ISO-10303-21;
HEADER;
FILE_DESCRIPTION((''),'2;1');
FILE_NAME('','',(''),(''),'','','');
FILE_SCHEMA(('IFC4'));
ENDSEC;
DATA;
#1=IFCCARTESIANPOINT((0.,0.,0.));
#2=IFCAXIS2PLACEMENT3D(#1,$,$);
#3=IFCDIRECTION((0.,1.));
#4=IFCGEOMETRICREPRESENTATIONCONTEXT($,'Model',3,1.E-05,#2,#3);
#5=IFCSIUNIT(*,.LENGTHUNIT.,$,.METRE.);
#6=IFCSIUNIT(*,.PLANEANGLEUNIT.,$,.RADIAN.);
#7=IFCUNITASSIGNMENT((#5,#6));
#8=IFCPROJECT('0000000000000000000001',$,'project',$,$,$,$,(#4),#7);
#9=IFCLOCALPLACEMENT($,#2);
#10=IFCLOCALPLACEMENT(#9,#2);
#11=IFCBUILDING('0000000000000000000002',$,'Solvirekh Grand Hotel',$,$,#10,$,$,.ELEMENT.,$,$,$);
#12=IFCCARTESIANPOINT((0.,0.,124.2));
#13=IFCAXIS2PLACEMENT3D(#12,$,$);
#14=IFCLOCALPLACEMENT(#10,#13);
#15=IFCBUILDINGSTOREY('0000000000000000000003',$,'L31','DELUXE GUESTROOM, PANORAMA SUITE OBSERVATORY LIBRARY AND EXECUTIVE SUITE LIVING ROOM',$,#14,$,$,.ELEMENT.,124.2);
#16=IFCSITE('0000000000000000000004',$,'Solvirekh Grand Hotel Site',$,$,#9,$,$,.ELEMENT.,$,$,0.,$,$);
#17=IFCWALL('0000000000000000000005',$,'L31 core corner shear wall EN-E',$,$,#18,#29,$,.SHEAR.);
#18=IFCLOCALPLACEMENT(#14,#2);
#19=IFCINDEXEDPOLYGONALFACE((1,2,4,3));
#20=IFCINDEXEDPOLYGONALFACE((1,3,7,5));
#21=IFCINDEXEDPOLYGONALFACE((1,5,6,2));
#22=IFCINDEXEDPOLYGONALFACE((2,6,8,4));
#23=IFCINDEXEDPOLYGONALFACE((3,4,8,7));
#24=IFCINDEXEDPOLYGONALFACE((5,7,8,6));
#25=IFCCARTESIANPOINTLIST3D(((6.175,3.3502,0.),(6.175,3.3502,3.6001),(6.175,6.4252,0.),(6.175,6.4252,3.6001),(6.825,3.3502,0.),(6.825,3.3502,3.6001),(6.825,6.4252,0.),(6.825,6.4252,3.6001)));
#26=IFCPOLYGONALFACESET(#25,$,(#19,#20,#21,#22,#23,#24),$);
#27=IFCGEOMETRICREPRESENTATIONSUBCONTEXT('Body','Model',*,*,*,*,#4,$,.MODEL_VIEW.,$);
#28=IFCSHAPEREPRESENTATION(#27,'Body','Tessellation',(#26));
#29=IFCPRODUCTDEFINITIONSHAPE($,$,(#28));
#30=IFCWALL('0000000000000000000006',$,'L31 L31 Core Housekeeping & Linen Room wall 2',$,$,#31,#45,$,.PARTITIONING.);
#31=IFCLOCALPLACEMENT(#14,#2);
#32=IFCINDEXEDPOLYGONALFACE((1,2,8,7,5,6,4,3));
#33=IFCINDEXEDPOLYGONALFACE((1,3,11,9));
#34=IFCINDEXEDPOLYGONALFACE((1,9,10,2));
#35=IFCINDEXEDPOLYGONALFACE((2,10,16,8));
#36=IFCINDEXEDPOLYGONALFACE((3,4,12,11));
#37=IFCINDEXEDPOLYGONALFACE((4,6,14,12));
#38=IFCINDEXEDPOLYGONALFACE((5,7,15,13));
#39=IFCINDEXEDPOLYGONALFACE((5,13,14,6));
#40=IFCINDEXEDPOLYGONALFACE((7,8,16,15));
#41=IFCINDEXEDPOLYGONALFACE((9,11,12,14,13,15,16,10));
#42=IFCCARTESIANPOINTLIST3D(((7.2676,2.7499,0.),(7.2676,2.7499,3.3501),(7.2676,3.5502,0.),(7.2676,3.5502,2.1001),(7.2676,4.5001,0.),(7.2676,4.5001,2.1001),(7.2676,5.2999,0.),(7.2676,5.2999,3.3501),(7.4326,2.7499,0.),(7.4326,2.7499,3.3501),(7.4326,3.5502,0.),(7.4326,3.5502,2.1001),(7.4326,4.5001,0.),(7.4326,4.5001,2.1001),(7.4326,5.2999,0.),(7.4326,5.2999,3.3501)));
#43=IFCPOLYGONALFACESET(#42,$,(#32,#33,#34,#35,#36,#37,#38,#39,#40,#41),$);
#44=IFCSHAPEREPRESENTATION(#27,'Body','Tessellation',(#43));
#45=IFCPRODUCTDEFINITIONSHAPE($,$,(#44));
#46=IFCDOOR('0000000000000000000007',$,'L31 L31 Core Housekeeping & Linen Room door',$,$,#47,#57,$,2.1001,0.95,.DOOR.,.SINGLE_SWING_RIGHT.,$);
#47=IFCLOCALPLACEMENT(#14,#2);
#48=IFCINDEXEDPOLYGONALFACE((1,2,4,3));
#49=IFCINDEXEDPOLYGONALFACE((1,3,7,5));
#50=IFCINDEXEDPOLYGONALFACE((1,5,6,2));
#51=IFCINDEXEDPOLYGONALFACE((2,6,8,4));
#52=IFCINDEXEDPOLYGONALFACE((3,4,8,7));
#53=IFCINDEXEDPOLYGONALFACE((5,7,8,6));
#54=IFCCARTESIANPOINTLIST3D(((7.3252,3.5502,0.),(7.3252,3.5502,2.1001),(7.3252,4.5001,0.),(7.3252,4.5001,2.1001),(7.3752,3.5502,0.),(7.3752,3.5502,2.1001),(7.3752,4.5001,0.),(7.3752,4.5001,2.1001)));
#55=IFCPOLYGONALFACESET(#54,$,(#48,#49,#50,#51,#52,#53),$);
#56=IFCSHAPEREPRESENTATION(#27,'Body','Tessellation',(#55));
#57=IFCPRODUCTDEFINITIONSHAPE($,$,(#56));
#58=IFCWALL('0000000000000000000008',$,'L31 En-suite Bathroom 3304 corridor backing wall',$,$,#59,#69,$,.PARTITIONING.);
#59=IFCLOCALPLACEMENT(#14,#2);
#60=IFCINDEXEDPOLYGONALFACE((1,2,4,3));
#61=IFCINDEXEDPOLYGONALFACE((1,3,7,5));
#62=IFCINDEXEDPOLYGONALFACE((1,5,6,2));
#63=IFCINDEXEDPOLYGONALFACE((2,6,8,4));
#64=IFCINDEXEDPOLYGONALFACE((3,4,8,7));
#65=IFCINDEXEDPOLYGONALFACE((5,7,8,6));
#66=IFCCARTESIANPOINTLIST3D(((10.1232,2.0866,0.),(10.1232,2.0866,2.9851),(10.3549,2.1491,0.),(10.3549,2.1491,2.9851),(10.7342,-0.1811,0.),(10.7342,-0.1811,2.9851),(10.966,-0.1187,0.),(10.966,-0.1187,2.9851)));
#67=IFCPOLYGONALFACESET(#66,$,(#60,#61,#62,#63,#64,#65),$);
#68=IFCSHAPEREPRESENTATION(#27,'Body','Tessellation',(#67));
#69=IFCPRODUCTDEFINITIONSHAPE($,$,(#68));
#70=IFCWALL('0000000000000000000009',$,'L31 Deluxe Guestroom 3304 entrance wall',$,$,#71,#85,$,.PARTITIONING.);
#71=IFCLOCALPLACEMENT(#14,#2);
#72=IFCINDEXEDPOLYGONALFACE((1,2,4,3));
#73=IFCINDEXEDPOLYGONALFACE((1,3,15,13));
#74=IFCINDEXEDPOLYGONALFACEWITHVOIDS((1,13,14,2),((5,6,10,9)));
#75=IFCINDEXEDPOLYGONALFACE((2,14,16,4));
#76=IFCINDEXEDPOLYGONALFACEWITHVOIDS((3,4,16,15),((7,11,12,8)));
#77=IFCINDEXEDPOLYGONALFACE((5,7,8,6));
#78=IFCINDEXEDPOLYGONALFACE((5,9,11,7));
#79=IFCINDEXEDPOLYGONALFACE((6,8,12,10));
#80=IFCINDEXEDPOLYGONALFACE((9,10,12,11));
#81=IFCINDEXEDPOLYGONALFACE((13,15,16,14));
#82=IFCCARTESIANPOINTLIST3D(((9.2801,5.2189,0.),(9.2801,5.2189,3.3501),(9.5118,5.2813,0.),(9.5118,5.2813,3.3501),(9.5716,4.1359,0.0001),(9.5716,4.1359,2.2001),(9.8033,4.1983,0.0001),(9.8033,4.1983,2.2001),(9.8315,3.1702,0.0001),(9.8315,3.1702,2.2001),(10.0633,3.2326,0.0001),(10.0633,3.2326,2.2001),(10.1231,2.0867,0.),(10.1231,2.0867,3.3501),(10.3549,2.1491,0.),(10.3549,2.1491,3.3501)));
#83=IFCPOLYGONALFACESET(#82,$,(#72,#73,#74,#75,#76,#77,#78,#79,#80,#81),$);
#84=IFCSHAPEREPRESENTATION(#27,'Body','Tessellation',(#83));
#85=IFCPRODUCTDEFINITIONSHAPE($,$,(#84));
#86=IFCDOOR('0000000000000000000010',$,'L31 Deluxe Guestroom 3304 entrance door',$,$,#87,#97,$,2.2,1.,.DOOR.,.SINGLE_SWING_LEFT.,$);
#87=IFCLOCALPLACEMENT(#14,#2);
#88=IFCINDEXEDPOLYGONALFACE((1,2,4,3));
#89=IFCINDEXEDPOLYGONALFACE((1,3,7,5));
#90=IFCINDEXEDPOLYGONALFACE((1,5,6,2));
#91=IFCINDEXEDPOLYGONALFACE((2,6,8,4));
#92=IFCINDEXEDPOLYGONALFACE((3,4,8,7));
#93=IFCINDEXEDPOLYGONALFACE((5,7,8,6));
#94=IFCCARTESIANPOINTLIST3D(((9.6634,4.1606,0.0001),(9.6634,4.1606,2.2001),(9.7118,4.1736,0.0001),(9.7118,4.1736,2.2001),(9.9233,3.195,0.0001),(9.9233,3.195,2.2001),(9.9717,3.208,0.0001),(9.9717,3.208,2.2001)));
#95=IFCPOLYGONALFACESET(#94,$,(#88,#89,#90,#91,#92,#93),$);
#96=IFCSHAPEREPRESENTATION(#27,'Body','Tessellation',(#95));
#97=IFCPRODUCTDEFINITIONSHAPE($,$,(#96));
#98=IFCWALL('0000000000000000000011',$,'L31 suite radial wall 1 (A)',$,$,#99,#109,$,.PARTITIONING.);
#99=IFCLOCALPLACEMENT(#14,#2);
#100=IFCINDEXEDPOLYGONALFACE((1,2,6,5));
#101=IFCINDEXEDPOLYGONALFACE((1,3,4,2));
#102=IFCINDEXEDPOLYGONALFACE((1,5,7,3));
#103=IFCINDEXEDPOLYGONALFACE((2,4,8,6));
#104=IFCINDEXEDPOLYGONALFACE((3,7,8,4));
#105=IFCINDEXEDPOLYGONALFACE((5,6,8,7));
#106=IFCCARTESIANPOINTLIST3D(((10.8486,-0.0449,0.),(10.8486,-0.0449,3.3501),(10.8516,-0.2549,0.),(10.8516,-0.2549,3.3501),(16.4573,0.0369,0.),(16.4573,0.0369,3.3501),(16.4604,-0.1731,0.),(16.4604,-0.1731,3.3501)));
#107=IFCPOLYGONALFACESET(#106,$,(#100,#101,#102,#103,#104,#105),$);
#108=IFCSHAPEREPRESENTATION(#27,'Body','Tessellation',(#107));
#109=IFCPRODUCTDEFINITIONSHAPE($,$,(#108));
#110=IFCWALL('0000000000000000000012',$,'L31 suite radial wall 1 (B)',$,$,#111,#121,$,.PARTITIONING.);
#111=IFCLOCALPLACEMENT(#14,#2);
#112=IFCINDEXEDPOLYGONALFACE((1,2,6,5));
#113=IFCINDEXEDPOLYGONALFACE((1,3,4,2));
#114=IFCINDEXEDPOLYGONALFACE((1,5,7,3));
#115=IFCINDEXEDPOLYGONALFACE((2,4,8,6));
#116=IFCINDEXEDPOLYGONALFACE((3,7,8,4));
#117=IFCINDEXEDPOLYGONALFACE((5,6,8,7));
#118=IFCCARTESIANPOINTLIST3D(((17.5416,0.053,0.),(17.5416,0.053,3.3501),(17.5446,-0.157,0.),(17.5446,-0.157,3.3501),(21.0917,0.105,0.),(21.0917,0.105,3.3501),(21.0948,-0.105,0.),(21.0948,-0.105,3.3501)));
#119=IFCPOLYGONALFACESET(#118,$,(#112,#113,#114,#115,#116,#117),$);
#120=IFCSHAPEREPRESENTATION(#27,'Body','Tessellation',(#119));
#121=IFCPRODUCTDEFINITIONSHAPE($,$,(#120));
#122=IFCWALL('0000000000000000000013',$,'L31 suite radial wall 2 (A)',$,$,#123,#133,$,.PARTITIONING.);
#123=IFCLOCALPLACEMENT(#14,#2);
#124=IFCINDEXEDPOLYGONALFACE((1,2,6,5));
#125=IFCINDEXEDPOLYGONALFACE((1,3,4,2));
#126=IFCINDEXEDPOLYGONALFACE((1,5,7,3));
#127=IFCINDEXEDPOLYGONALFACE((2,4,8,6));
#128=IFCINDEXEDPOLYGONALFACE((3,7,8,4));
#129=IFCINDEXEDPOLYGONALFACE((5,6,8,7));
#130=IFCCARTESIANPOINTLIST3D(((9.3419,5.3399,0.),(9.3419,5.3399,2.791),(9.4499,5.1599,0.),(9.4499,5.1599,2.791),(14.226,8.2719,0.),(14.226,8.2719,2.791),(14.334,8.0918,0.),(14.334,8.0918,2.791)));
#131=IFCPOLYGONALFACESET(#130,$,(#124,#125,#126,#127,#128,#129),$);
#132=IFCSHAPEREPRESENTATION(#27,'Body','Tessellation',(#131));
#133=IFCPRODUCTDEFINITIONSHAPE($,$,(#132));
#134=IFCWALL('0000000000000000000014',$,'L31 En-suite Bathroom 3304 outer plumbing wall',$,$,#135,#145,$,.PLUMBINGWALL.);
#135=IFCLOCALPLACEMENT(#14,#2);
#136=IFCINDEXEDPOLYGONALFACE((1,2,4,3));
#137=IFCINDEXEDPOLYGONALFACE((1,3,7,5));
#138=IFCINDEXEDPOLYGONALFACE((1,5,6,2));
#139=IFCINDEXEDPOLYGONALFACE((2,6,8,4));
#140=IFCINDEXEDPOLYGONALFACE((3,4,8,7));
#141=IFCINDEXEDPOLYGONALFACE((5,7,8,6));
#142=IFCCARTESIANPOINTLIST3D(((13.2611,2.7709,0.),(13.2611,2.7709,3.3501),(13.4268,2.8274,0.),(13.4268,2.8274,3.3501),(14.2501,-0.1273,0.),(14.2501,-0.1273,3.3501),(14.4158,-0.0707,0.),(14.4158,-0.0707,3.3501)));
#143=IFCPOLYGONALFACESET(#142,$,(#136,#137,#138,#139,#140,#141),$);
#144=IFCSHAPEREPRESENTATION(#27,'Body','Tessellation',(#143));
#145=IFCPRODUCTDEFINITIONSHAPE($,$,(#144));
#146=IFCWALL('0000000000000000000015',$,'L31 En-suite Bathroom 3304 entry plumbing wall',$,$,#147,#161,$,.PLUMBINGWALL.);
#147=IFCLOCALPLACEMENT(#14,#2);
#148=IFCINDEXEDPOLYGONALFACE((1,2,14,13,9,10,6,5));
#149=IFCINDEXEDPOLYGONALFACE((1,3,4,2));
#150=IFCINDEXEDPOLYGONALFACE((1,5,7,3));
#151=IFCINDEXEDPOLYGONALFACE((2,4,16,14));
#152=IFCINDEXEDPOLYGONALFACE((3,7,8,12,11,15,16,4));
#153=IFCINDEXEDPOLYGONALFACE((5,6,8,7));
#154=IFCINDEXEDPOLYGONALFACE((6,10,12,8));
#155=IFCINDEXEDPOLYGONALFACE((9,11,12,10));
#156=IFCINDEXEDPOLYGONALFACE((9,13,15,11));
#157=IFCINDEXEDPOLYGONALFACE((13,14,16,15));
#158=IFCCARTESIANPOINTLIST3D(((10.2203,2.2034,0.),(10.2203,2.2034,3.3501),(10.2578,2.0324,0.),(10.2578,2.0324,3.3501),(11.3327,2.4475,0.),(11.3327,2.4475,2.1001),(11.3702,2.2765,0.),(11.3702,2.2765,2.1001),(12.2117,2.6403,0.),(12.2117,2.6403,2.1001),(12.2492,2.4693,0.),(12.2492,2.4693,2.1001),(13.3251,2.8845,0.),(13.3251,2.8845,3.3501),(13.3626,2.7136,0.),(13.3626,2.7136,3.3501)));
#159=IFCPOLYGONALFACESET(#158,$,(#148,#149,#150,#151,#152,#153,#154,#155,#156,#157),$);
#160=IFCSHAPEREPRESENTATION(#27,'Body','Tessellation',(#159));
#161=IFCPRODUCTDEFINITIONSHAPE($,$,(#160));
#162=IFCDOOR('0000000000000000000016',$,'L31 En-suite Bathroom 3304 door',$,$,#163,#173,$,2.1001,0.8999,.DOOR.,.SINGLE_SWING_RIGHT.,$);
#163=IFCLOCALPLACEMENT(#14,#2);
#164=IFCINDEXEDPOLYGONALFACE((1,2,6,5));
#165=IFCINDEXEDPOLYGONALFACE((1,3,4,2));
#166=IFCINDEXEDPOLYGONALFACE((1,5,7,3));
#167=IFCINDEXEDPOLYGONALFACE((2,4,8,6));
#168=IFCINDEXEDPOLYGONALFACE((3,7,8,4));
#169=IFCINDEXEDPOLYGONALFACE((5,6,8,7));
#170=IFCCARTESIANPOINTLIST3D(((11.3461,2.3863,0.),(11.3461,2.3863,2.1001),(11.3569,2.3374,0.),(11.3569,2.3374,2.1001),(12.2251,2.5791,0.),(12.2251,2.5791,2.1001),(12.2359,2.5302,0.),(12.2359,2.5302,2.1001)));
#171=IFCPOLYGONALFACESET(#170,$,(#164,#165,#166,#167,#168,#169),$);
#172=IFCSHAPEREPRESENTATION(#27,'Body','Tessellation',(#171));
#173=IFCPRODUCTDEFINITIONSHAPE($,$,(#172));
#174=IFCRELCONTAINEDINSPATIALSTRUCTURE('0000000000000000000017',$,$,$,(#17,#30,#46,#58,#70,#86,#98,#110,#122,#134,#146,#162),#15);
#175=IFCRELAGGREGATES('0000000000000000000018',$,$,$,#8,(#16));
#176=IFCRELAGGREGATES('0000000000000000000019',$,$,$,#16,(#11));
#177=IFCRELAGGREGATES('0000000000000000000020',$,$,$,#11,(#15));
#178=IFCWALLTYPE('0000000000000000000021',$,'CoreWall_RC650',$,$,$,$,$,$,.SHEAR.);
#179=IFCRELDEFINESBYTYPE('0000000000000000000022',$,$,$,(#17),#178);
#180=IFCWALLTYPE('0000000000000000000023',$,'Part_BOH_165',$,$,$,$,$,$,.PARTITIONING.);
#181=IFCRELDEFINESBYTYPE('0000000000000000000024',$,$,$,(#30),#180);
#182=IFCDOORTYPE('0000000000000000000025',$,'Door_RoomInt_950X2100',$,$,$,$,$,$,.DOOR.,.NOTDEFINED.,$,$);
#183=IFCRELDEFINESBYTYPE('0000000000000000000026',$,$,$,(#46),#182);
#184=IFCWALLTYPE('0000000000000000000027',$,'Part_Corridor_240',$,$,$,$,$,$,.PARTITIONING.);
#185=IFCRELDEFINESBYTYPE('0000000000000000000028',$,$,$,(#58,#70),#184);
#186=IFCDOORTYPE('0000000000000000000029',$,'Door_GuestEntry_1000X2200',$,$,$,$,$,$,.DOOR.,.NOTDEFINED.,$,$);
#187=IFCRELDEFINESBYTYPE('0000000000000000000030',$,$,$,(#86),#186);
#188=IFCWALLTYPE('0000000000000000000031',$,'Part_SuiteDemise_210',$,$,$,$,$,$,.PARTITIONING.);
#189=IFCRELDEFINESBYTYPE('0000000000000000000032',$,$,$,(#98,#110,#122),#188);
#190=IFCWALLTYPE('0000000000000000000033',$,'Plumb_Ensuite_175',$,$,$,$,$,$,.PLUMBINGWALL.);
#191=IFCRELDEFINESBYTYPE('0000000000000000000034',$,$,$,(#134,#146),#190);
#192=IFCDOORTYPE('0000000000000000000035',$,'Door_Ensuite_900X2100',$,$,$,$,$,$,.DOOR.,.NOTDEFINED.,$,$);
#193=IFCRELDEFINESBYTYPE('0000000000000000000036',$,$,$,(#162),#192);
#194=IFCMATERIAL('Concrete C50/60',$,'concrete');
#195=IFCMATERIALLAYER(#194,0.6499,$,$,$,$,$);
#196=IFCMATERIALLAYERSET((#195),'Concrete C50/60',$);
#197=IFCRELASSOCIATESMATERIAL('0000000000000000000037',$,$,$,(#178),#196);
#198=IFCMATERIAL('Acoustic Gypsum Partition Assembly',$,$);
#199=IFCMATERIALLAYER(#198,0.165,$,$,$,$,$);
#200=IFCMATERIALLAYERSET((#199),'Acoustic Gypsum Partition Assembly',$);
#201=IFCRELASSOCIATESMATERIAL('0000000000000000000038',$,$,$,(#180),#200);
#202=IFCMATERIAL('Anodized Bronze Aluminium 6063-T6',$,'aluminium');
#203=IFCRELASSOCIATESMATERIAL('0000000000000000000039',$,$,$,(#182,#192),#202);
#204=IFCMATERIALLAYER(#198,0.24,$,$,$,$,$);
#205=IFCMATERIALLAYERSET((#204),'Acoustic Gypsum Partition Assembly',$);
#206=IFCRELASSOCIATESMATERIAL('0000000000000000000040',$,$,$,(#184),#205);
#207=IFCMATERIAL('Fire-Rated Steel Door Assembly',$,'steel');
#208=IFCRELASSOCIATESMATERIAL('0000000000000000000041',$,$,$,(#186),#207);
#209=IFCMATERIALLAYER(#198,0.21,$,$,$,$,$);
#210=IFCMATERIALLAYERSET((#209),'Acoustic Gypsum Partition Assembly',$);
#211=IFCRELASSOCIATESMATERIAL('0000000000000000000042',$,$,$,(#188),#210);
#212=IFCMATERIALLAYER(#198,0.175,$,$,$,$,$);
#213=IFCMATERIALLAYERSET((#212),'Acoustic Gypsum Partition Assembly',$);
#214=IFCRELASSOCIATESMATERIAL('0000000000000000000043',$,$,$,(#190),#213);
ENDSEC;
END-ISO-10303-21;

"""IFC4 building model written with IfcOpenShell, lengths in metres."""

from ifc_helpers import new_model, si_unit, direction, frame, frame_2d, origin, place, context, subcontext, project, spatial, rectangle, extrude, material, layer, layer_set, type_object, element, fill, save


model = new_model("IFC4")

# Units and contexts
model_context = context("Model", 3, precision=1e-05, world=origin(), true_north=direction((0.0, 1.0)))
body_context = subcontext(model_context, "Body", "Model", "MODEL_VIEW")
ifc_project = project(units=[si_unit("LENGTHUNIT", "METRE"), si_unit("PLANEANGLEUNIT", "RADIAN")], contexts=[model_context])

# Site, building, storey
site_placement = place(None, origin())
site = spatial("IfcSite", under=ifc_project, at=site_placement, Name="Solvirekh Grand Hotel Site", CompositionType="ELEMENT", RefElevation=0.0)
building_placement = place(site_placement, origin())
building = spatial("IfcBuilding", under=site, at=building_placement, Name="Solvirekh Grand Hotel", CompositionType="ELEMENT")
storey_placement = place(building_placement, frame((0.0, 0.0, 124.2)))
storey = spatial("IfcBuildingStorey", under=building, at=storey_placement, Name="L31", Description="DELUXE GUESTROOM, PANORAMA SUITE OBSERVATORY LIBRARY AND EXECUTIVE SUITE LIVING ROOM", CompositionType="ELEMENT", Elevation=124.2)

# Shared definitions
ifc_material_1 = material(Name="Concrete C50/60", Category="concrete")

# Shared definitions
ifc_material_2 = material(Name="Anodized Bronze Aluminium 6063-T6", Category="aluminium")

# Wall
ifc_layer_1 = layer(ifc_material_1, 0.6499)
ifc_layer_set_1 = layer_set([ifc_layer_1], Name="Concrete C50/60")
wall_type_1 = type_object("IfcWallType", Name="CoreWall_RC650", PredefinedType="SHEAR", material=ifc_layer_set_1)
wall_1_placement = place(storey_placement, frame((6.5, 3.3501, 0.0), z_axis=(0.0, 0.0, 1.0), x_axis=(0.0, 1.0, 0.0)))
element("IfcWall", 1, at=wall_1_placement, inside=storey, type_object=wall_type_1, Name="L31 core corner shear wall EN-E", PredefinedType="SHEAR", context=body_context, shape_type="SweptSolid", body=[
    extrude(rectangle(XDim=3.075, YDim=0.6499, at=frame_2d((1.5376, 0.0))), origin(), (0.0, 0.0, 1.0), 3.6001),
])

# Wall, opening, door
ifc_material_3 = material(Name="Acoustic Gypsum Partition Assembly")
ifc_layer_2 = layer(ifc_material_3, 0.165)
ifc_layer_set_2 = layer_set([ifc_layer_2], Name="Acoustic Gypsum Partition Assembly")
wall_type_2 = type_object("IfcWallType", Name="Part_BOH_165", PredefinedType="PARTITIONING", material=ifc_layer_set_2)
wall_2_placement = place(storey_placement, frame((7.3501, 2.75, 0.0), z_axis=(0.0, 0.0, 1.0), x_axis=(0.0, 1.0, 0.0)))
wall_2 = element("IfcWall", 2, at=wall_2_placement, inside=storey, type_object=wall_type_2, Name="L31 L31 Core Housekeeping & Linen Room wall 2", PredefinedType="PARTITIONING", context=body_context, shape_type="SweptSolid", body=[
    extrude(rectangle(XDim=2.55, YDim=0.165, at=frame_2d((1.2749, 0.0))), origin(), (0.0, 0.0, 1.0), 3.3501),
])
opening_1_placement = place(wall_2_placement, frame((0.8, 0.0, 0.0)))
opening_1 = element("IfcOpeningElement", 3, at=opening_1_placement, cuts=wall_2, PredefinedType="OPENING", context=body_context, shape_type="SweptSolid", body=[
    extrude(rectangle(XDim=0.95, YDim=2.1001, at=frame_2d((0.4751, 1.05))), frame((0.0, 0.0925, 0.0), z_axis=(0.0, -1.0, 0.0), x_axis=(1.0, 0.0, 0.0)), (0.0, 0.0, 1.0), 0.1851),
])
door_type_1 = type_object("IfcDoorType", Name="Door_RoomInt_950X2100", OperationType="NOTDEFINED", PredefinedType="DOOR", material=ifc_material_2)
door_1_placement = place(opening_1_placement, origin())
door_1 = element("IfcDoor", 4, at=door_1_placement, inside=storey, type_object=door_type_1, Name="L31 L31 Core Housekeeping & Linen Room door", OperationType="SINGLE_SWING_RIGHT", OverallHeight=2.1001, OverallWidth=0.95, PredefinedType="DOOR", context=body_context, shape_type="SweptSolid", body=[
    extrude(rectangle(XDim=0.95, YDim=2.1001, at=frame_2d((0.4751, 1.05))), frame((0.0, 0.0249, 0.0), z_axis=(0.0, -1.0, 0.0), x_axis=(1.0, 0.0, 0.0)), (0.0, 0.0, 1.0), 0.05),
])
fill(opening_1, door_1)

# Wall
ifc_layer_3 = layer(ifc_material_3, 0.24)
ifc_layer_set_3 = layer_set([ifc_layer_3], Name="Acoustic Gypsum Partition Assembly")
wall_type_3 = type_object("IfcWallType", Name="Part_Corridor_240", PredefinedType="PARTITIONING", material=ifc_layer_set_3)
wall_3_placement = place(storey_placement, frame((10.8501, -0.1499, 0.0), z_axis=(0.0, 0.0, 1.0), x_axis=(-0.260178, 0.965561, 0.0)))
element("IfcWall", 5, at=wall_3_placement, inside=storey, type_object=wall_type_3, Name="L31 En-suite Bathroom 3304 corridor backing wall", PredefinedType="PARTITIONING", context=body_context, shape_type="SweptSolid", body=[
    extrude(rectangle(XDim=2.3486, YDim=0.24, at=frame_2d((1.1743, 0.0))), origin(), (0.0, 0.0, 1.0), 2.9851),
])

# Wall, opening, door
wall_4_placement = place(storey_placement, frame((10.239, 2.1179, 0.0), z_axis=(0.0, 0.0, 1.0), x_axis=(-0.259906, 0.965634, 0.0)))
wall_4 = element("IfcWall", 6, at=wall_4_placement, inside=storey, type_object=wall_type_3, Name="L31 Deluxe Guestroom 3304 entrance wall", PredefinedType="PARTITIONING", context=body_context, shape_type="SweptSolid", body=[
    extrude(rectangle(XDim=3.2437, YDim=0.24, at=frame_2d((1.6218, 0.0))), origin(), (0.0, 0.0, 1.0), 3.3501),
])
opening_2_placement = place(wall_4_placement, frame((1.1221, 0.0, 0.0)))
opening_2 = element("IfcOpeningElement", 7, at=opening_2_placement, cuts=wall_4, PredefinedType="OPENING", context=body_context, shape_type="SweptSolid", body=[
    extrude(rectangle(XDim=1.0, YDim=2.2, at=frame_2d((0.5, 1.1001))), frame((0.0, 0.1299, 0.0), z_axis=(0.0, -1.0, 0.0), x_axis=(1.0, 0.0, 0.0)), (0.0, 0.0, 1.0), 0.26),
])
ifc_material_4 = material(Name="Fire-Rated Steel Door Assembly", Category="steel")
door_type_2 = type_object("IfcDoorType", Name="Door_GuestEntry_1000X2200", OperationType="NOTDEFINED", PredefinedType="DOOR", material=ifc_material_4)
door_2_placement = place(opening_2_placement, origin())
door_2 = element("IfcDoor", 8, at=door_2_placement, inside=storey, type_object=door_type_2, Name="L31 Deluxe Guestroom 3304 entrance door", OperationType="SINGLE_SWING_LEFT", OverallHeight=2.2, OverallWidth=1.0, PredefinedType="DOOR", context=body_context, shape_type="SweptSolid", body=[
    extrude(rectangle(XDim=1.0, YDim=2.2, at=frame_2d((0.5, 1.1001))), frame((0.0, 0.0249, 0.0), z_axis=(0.0, -1.0, 0.0), x_axis=(1.0, 0.0, 0.0)), (0.0, 0.0, 1.0), 0.05),
])
fill(opening_2, door_2)

# Walls
ifc_layer_4 = layer(ifc_material_3, 0.21)
ifc_layer_set_4 = layer_set([ifc_layer_4], Name="Acoustic Gypsum Partition Assembly")
wall_type_4 = type_object("IfcWallType", Name="Part_SuiteDemise_210", PredefinedType="PARTITIONING", material=ifc_layer_set_4)
wall_5_placement = place(storey_placement, frame((10.8501, -0.1499, 0.0), z_axis=(0.0, 0.0, 1.0), x_axis=(0.999894, 0.01458, 0.0)))
element("IfcWall", 9, at=wall_5_placement, inside=storey, type_object=wall_type_4, Name="L31 suite radial wall 1 (A)", PredefinedType="PARTITIONING", context=body_context, shape_type="SweptSolid", body=[
    extrude(rectangle(XDim=5.6094, YDim=0.21, at=frame_2d((2.8047, 0.0))), origin(), (0.0, 0.0, 1.0), 3.3501),
])
wall_6_placement = place(storey_placement, frame((17.543, -0.052, 0.0), z_axis=(0.0, 0.0, 1.0), x_axis=(0.999893, 0.014647, 0.0)))
element("IfcWall", 10, at=wall_6_placement, inside=storey, type_object=wall_type_4, Name="L31 suite radial wall 1 (B)", PredefinedType="PARTITIONING", context=body_context, shape_type="SweptSolid", body=[
    extrude(rectangle(XDim=3.5505, YDim=0.21, at=frame_2d((1.7754, 0.0))), origin(), (0.0, 0.0, 1.0), 3.3501),
])
wall_7_placement = place(storey_placement, frame((9.396, 5.25, 0.0), z_axis=(0.0, 0.0, 1.0), x_axis=(0.857379, 0.514685, 0.0)))
element("IfcWall", 11, at=wall_7_placement, inside=storey, type_object=wall_type_4, Name="L31 suite radial wall 2 (A)", PredefinedType="PARTITIONING", context=body_context, shape_type="SweptSolid", body=[
    extrude(rectangle(XDim=5.6965, YDim=0.21, at=frame_2d((2.8481, 0.0))), origin(), (0.0, 0.0, 1.0), 2.791),
])
ifc_layer_5 = layer(ifc_material_3, 0.175)
ifc_layer_set_5 = layer_set([ifc_layer_5], Name="Acoustic Gypsum Partition Assembly")
wall_type_5 = type_object("IfcWallType", Name="Plumb_Ensuite_175", PredefinedType="PLUMBINGWALL", material=ifc_layer_set_5)
wall_8_placement = place(storey_placement, frame((14.333, -0.0991, 0.0), z_axis=(0.0, 0.0, 1.0), x_axis=(-0.322964, 0.946411, 0.0)))
element("IfcWall", 12, at=wall_8_placement, inside=storey, type_object=wall_type_5, Name="L31 En-suite Bathroom 3304 outer plumbing wall", PredefinedType="PLUMBINGWALL", context=body_context, shape_type="SweptSolid", body=[
    extrude(rectangle(XDim=3.0623, YDim=0.175, at=frame_2d((1.5312, 0.0))), origin(), (0.0, 0.0, 1.0), 3.3501),
])

# Wall, opening, door
wall_9_placement = place(storey_placement, frame((10.239, 2.1179, 0.0), z_axis=(0.0, 0.0, 1.0), x_axis=(0.976773, 0.214279, 0.0)))
wall_9 = element("IfcWall", 13, at=wall_9_placement, inside=storey, type_object=wall_type_5, Name="L31 En-suite Bathroom 3304 entry plumbing wall", PredefinedType="PLUMBINGWALL", context=body_context, shape_type="SweptSolid", body=[
    extrude(rectangle(XDim=3.1787, YDim=0.175, at=frame_2d((1.5894, 0.0))), origin(), (0.0, 0.0, 1.0), 3.3501),
])
opening_3_placement = place(wall_9_placement, frame((1.1389, 0.0, 0.0)))
opening_3 = element("IfcOpeningElement", 14, at=opening_3_placement, cuts=wall_9, PredefinedType="OPENING", context=body_context, shape_type="SweptSolid", body=[
    extrude(rectangle(XDim=0.8999, YDim=2.1001, at=frame_2d((0.45, 1.05))), frame((0.0, 0.0977, 0.0), z_axis=(0.0, -1.0, 0.0), x_axis=(1.0, 0.0, 0.0)), (0.0, 0.0, 1.0), 0.1951),
])
door_type_3 = type_object("IfcDoorType", Name="Door_Ensuite_900X2100", OperationType="NOTDEFINED", PredefinedType="DOOR", material=ifc_material_2)
door_3_placement = place(opening_3_placement, origin())
door_3 = element("IfcDoor", 15, at=door_3_placement, inside=storey, type_object=door_type_3, Name="L31 En-suite Bathroom 3304 door", OperationType="SINGLE_SWING_RIGHT", OverallHeight=2.1001, OverallWidth=0.8999, PredefinedType="DOOR", context=body_context, shape_type="SweptSolid", body=[
    extrude(rectangle(XDim=0.8999, YDim=2.1001, at=frame_2d((0.45, 1.05))), frame((0.0, 0.0249, 0.0), z_axis=(0.0, -1.0, 0.0), x_axis=(1.0, 0.0, 0.0)), (0.0, 0.0, 1.0), 0.05),
])
fill(opening_3, door_3)

save(model, "model.ifc")
